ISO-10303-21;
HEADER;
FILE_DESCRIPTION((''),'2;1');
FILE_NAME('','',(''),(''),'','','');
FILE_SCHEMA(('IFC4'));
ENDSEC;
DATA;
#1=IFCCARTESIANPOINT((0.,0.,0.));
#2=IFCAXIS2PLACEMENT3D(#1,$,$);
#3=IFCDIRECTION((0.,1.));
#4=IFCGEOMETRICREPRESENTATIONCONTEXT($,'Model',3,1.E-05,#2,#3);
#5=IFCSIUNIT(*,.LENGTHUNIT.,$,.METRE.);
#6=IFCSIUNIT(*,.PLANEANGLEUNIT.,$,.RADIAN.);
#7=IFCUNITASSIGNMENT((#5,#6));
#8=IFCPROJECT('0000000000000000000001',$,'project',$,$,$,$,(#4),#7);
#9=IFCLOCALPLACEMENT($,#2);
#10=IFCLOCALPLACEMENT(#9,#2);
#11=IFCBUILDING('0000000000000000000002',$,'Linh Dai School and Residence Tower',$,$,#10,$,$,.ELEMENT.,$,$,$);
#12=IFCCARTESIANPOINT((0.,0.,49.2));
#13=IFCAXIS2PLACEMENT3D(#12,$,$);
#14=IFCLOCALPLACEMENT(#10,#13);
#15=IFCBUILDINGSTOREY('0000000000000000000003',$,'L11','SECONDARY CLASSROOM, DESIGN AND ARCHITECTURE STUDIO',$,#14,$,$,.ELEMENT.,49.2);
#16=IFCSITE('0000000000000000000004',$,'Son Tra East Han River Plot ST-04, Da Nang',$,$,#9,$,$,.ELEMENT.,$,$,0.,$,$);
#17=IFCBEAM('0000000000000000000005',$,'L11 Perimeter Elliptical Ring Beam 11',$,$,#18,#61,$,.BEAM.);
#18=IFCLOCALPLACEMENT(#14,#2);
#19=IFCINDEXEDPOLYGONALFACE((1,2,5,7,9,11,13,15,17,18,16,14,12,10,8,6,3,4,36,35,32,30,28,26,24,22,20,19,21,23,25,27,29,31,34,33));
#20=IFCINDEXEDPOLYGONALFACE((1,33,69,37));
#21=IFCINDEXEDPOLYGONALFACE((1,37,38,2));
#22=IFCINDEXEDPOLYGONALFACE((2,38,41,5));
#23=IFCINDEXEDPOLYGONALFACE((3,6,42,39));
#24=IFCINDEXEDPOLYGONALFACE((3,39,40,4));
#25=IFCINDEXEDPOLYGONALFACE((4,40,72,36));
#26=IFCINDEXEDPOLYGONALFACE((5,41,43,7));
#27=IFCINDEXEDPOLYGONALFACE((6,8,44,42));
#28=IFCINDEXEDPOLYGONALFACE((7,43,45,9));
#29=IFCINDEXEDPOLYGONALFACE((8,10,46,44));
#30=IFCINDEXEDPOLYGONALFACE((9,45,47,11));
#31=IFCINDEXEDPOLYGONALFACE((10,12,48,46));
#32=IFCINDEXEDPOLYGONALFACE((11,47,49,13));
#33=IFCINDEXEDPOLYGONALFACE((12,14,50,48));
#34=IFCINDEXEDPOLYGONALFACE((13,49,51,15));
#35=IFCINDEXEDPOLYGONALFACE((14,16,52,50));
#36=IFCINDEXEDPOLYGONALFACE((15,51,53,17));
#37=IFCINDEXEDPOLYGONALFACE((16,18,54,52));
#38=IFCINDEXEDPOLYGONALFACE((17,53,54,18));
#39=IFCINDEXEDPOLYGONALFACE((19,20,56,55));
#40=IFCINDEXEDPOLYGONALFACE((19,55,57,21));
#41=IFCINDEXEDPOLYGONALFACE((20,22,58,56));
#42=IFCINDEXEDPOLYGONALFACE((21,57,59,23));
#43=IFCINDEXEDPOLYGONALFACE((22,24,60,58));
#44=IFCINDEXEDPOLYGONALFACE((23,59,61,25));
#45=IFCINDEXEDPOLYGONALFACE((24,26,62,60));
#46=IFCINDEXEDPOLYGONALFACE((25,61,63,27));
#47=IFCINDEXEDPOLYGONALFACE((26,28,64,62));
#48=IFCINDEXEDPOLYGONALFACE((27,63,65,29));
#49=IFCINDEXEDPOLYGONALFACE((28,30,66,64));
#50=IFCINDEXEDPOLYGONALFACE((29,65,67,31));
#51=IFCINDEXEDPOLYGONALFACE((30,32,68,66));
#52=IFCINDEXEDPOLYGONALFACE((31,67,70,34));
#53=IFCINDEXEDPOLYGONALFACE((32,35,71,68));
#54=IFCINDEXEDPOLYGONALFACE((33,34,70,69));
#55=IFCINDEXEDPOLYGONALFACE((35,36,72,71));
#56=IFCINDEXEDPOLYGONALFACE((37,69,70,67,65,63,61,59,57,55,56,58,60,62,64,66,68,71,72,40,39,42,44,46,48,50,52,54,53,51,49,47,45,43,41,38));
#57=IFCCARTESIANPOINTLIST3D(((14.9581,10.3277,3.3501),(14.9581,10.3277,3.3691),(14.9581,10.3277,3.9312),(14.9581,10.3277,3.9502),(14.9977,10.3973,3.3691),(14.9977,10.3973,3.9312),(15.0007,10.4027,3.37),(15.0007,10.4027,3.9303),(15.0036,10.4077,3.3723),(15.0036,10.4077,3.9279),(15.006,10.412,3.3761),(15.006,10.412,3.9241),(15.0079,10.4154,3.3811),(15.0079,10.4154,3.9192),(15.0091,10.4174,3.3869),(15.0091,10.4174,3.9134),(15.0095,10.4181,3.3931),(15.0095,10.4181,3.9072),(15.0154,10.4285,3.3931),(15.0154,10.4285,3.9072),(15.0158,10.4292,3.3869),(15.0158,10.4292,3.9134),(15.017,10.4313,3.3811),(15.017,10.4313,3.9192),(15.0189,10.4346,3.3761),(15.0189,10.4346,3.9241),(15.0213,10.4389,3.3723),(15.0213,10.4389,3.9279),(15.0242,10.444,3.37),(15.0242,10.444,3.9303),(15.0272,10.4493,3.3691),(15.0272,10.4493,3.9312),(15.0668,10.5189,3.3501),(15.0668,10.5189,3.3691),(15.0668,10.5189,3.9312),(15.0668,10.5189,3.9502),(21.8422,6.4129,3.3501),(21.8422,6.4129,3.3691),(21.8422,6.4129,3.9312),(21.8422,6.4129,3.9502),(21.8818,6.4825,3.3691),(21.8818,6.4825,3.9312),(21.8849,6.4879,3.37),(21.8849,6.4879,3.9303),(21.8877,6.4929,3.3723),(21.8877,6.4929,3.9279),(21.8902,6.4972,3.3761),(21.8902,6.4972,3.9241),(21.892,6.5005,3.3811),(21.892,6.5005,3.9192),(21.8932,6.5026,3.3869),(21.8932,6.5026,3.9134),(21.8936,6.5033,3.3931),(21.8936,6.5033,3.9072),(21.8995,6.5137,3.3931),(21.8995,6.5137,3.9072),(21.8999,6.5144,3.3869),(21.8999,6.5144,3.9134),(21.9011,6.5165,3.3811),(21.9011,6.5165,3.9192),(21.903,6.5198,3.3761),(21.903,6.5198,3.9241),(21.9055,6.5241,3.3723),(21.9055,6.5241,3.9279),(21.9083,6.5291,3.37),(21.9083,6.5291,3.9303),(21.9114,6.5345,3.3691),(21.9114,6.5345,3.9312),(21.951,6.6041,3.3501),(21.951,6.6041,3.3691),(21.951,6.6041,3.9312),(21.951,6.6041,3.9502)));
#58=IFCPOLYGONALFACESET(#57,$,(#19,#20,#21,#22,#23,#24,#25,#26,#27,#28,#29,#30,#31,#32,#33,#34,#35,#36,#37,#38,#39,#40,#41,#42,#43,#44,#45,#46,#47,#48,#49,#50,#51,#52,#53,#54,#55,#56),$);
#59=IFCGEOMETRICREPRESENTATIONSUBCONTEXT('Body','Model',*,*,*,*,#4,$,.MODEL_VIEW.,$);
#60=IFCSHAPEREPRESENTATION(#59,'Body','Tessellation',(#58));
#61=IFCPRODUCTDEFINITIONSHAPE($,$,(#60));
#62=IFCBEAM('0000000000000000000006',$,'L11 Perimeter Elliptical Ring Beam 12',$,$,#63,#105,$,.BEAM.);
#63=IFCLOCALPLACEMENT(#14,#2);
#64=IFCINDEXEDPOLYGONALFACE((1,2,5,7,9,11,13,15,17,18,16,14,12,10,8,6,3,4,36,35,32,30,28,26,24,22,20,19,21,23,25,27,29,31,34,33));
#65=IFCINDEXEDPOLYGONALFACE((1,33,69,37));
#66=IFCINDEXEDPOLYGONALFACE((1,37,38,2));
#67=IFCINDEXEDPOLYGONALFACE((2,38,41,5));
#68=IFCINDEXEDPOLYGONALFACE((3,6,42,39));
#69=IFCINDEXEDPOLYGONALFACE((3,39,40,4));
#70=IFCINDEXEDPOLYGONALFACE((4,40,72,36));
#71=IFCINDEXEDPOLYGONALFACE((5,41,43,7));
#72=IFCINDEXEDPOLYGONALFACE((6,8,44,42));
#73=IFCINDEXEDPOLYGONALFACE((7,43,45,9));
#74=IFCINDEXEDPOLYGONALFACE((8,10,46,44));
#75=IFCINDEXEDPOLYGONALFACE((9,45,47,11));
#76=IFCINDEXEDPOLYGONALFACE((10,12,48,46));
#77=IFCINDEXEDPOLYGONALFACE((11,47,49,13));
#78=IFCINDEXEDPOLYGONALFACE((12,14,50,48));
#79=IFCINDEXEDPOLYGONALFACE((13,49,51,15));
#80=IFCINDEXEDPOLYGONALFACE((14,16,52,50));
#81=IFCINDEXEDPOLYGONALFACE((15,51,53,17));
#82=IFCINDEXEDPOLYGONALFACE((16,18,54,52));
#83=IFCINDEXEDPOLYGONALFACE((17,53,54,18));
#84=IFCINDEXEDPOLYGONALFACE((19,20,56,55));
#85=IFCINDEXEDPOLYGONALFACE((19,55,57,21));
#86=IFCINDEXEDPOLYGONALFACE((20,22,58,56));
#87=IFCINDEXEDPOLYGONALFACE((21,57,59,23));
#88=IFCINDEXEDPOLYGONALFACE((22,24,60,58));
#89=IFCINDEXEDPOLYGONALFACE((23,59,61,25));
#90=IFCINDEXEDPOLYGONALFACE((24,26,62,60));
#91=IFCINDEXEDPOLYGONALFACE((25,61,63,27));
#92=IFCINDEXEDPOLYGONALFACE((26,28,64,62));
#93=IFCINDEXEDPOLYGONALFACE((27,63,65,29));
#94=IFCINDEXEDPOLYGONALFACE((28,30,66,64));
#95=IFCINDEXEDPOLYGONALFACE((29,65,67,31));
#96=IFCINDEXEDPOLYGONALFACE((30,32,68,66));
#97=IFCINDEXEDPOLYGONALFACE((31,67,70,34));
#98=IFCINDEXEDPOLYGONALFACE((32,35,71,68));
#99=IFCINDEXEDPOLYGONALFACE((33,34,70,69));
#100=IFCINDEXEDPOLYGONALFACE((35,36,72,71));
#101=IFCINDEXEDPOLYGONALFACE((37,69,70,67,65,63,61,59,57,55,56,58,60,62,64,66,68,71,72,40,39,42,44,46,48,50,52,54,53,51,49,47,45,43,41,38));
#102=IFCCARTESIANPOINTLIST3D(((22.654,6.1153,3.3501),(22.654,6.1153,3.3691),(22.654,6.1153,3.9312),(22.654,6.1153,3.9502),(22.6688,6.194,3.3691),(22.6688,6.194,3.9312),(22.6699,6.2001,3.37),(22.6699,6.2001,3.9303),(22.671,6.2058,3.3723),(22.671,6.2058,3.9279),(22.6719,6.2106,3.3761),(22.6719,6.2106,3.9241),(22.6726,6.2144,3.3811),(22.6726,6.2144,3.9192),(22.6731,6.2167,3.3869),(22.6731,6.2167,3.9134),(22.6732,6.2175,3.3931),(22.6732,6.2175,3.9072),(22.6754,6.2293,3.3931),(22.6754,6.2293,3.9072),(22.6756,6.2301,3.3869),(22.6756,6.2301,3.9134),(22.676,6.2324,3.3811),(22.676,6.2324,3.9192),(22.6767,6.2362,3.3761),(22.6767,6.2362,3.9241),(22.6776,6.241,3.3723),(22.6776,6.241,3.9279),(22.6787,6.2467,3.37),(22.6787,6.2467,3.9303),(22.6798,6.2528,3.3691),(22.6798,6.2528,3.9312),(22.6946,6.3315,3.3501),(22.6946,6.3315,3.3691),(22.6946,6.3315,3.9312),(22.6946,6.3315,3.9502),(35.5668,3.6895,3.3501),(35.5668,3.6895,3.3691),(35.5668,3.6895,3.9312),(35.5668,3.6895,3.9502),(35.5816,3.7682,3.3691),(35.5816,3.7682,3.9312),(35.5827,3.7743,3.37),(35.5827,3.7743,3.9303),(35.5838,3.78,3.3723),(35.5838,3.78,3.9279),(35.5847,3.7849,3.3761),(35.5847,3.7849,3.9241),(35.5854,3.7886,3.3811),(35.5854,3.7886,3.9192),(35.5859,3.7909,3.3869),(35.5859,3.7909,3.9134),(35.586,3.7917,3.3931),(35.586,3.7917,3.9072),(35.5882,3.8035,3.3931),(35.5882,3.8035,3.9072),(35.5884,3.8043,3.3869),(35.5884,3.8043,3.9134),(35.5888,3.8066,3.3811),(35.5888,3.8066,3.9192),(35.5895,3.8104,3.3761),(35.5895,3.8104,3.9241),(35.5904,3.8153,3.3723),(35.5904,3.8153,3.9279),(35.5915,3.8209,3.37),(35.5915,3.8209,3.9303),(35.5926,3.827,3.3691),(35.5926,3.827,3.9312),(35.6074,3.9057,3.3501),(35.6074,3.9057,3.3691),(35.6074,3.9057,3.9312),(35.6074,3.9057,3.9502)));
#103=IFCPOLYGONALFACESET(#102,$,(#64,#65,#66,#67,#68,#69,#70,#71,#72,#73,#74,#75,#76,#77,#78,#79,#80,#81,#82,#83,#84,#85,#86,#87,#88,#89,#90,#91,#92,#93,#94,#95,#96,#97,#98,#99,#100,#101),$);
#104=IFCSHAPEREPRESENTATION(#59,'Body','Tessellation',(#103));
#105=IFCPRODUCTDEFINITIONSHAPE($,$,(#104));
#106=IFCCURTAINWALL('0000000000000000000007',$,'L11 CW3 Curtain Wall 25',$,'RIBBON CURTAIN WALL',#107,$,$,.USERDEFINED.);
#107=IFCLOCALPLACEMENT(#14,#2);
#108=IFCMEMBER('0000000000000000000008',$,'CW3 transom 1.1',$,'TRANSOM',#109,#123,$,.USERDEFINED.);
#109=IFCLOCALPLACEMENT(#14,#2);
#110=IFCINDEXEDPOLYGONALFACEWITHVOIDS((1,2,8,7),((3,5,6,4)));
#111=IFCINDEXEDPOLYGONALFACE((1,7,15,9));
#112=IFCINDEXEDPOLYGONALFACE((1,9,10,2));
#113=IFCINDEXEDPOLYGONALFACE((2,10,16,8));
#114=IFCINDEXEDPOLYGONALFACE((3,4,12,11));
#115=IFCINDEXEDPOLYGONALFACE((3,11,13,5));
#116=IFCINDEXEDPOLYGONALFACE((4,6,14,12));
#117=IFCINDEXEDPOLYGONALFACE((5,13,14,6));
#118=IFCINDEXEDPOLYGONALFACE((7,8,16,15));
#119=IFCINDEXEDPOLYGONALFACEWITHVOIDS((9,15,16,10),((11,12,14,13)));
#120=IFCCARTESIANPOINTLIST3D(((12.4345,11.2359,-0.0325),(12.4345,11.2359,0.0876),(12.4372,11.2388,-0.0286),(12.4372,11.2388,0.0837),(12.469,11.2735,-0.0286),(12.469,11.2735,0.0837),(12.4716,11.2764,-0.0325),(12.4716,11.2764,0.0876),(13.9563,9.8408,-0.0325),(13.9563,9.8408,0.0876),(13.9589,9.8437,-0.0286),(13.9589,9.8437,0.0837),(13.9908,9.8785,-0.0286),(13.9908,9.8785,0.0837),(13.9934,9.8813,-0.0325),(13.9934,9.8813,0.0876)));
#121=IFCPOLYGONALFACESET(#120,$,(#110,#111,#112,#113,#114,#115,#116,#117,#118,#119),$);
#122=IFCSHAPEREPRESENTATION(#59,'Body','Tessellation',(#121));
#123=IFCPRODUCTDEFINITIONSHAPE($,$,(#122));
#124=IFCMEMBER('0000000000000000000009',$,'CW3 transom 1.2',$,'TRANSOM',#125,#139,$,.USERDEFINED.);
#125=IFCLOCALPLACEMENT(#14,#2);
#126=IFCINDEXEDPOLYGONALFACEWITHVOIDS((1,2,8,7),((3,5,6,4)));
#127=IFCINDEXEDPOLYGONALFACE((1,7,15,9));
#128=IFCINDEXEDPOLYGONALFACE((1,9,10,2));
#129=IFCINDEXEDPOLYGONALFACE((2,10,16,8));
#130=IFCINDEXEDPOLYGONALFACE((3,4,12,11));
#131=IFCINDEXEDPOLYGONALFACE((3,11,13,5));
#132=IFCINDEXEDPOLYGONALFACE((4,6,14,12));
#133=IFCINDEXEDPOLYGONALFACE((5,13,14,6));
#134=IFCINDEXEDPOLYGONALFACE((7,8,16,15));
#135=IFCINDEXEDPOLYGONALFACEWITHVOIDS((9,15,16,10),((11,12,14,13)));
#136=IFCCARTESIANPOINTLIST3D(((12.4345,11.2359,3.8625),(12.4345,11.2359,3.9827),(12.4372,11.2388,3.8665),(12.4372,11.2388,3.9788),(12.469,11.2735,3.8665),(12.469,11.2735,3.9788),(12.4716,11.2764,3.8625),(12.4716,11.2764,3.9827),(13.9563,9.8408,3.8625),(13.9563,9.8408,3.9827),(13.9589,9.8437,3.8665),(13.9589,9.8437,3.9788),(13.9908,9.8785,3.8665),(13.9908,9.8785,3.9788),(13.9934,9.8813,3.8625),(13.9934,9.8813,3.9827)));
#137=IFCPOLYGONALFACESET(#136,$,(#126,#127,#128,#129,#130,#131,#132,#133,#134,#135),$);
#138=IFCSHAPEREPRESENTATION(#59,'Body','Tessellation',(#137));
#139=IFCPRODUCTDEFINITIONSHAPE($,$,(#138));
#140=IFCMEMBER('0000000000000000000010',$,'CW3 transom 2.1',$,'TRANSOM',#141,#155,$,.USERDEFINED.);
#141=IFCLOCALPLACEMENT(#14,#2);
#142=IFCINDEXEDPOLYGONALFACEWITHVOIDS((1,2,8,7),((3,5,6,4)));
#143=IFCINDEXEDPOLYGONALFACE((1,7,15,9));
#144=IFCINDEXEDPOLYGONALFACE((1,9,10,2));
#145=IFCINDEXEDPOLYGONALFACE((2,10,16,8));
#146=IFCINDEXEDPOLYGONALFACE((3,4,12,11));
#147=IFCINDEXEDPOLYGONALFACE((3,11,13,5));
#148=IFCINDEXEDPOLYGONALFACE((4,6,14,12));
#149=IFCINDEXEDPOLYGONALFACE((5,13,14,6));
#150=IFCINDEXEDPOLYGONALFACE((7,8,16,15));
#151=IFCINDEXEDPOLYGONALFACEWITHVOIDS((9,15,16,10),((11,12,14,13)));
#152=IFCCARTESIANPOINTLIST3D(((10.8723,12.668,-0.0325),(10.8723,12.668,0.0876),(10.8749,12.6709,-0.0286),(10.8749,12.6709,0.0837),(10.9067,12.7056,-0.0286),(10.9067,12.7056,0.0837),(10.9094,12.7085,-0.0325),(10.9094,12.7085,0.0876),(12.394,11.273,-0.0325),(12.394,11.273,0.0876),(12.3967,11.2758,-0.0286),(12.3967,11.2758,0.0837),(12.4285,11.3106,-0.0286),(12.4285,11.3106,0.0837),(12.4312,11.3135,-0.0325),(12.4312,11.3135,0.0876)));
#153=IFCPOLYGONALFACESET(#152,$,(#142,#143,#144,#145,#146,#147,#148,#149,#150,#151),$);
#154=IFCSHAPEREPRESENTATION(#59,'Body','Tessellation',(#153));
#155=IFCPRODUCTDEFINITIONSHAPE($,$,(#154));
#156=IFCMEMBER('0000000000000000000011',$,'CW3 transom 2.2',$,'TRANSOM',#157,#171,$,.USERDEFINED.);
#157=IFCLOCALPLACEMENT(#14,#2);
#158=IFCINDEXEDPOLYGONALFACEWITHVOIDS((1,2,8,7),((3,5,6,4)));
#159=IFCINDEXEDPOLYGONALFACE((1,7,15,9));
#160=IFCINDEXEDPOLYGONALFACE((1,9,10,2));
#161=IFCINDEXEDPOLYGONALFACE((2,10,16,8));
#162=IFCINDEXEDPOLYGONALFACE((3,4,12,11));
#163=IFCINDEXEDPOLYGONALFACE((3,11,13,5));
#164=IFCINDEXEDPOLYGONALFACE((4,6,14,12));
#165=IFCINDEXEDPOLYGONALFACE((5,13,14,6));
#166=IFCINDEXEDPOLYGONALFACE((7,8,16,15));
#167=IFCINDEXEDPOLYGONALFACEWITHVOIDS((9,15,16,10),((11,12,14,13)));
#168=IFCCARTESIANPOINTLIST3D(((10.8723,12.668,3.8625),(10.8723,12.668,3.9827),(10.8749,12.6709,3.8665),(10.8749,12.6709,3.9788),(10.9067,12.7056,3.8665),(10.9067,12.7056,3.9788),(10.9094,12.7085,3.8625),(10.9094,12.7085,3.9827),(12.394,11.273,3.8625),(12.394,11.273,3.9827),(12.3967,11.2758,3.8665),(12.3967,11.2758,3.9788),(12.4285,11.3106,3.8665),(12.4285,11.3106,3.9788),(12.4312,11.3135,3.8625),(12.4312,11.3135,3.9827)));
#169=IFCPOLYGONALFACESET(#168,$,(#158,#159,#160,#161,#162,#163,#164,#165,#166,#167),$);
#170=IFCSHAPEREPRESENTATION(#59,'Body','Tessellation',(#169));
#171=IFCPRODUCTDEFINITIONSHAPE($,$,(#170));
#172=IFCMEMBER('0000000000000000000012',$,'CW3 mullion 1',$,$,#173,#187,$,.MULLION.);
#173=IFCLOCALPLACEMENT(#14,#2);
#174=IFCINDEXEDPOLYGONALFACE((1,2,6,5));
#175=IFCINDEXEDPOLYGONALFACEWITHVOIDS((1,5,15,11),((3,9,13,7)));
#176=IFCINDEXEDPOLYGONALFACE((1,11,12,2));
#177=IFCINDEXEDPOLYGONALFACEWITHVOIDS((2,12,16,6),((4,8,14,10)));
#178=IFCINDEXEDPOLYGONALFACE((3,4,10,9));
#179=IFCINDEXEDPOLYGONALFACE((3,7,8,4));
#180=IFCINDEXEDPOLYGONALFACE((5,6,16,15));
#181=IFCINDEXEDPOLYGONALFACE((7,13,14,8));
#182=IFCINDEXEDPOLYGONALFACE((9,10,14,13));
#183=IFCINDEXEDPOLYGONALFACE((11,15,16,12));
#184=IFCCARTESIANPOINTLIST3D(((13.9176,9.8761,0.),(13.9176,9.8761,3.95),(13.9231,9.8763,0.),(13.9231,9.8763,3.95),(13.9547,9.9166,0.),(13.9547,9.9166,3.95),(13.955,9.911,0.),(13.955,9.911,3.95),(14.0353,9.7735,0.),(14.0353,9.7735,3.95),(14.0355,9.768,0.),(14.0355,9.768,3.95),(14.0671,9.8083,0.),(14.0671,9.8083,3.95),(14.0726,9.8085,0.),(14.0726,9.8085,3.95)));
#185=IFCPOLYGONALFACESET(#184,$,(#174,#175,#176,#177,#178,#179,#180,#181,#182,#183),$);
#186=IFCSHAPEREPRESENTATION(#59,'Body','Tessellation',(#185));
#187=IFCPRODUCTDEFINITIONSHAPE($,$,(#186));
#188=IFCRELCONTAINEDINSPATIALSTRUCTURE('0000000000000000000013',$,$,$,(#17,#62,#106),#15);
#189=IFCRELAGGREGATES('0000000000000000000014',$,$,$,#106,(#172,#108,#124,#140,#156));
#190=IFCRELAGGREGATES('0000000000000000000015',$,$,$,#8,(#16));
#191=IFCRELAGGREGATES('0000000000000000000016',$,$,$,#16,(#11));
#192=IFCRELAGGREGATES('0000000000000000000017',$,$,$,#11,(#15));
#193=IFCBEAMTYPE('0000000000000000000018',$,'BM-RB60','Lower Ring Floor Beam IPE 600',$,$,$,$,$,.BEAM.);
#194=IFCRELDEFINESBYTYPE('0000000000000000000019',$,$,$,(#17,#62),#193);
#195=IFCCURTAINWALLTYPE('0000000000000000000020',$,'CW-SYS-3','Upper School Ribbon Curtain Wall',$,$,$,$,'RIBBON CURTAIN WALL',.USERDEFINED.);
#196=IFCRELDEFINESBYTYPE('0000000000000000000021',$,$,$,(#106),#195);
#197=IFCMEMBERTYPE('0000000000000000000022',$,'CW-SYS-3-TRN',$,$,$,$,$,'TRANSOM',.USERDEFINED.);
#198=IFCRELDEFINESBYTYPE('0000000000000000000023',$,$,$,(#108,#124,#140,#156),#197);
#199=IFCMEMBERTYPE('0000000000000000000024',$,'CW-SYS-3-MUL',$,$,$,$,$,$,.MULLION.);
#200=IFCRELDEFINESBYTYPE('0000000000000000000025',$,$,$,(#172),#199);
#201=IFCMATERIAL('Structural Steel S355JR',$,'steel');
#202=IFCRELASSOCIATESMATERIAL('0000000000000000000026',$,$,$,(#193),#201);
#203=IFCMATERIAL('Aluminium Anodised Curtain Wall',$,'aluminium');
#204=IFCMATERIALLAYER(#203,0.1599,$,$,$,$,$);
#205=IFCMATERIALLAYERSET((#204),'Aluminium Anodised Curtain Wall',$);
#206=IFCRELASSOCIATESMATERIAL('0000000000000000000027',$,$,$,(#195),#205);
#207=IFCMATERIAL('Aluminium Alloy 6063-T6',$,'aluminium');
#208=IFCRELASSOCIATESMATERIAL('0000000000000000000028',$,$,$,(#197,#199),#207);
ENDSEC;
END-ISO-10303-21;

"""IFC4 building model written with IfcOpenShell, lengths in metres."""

from ifc_helpers import new_model, si_unit, direction, frame, origin, origin_2d, place, context, subcontext, project, spatial, hollow_rectangle, i_section, extrude, source, transform, mapped, material, layer, layer_set, material_profile, profile_set, type_object, element, aggregate, save


model = new_model("IFC4")

# Units and contexts
model_context = context("Model", 3, precision=1e-05, world=origin(), true_north=direction((0.0, 1.0)))
body_context = subcontext(model_context, "Body", "Model", "MODEL_VIEW")
ifc_project = project(units=[si_unit("LENGTHUNIT", "METRE"), si_unit("PLANEANGLEUNIT", "RADIAN")], contexts=[model_context])

# Site, building, storey
site_placement = place(None, origin())
site = spatial("IfcSite", under=ifc_project, at=site_placement, Name="Son Tra East Han River Plot ST-04, Da Nang", CompositionType="ELEMENT", RefElevation=0.0)
building_placement = place(site_placement, origin())
building = spatial("IfcBuilding", under=site, at=building_placement, Name="Linh Dai School and Residence Tower", CompositionType="ELEMENT")
storey_placement = place(building_placement, frame((0.0, 0.0, 49.2)))
storey = spatial("IfcBuildingStorey", under=building, at=storey_placement, Name="L11", Description="SECONDARY CLASSROOM, DESIGN AND ARCHITECTURE STUDIO", CompositionType="ELEMENT", Elevation=49.2)

# Shared definitions
ifc_material_1 = material(Name="Structural Steel S355JR", Category="steel")

# Beams
ifc_material_profile_1 = material_profile(ifc_material_1, i_section(OverallWidth=0.22, OverallDepth=0.6001, WebThickness=0.012, FlangeThickness=0.019, FilletRadius=0.0239, at=origin_2d()), Name="IPE 600")
ifc_profile_set_1 = profile_set([ifc_material_profile_1], Name="Structural Steel S355JR")
beam_type = type_object("IfcBeamType", Name="BM-RB60", Description="Lower Ring Floor Beam IPE 600", PredefinedType="BEAM", material=ifc_profile_set_1)
beam_1_placement = place(storey_placement, frame((15.0125, 10.4233, 3.6501), z_axis=(0.869271, -0.494335, 0.0), x_axis=(0.494335, 0.869271, 0.0)))
element("IfcBeam", 1, at=beam_1_placement, inside=storey, type_object=beam_type, Name="L11 Perimeter Elliptical Ring Beam 11", PredefinedType="BEAM", context=body_context, shape_type="SweptSolid", body=[
    extrude(i_section(OverallWidth=0.22, OverallDepth=0.6001, WebThickness=0.012, FlangeThickness=0.019, FilletRadius=0.0239, at=origin_2d()), origin(), (0.0, 0.0, 1.0), 7.9194),
])
beam_2_placement = place(storey_placement, frame((22.6743, 6.2234, 3.6501), z_axis=(0.982808, -0.184628, 0.0), x_axis=(0.184628, 0.982808, 0.0)))
element("IfcBeam", 2, at=beam_2_placement, inside=storey, type_object=beam_type, Name="L11 Perimeter Elliptical Ring Beam 12", PredefinedType="BEAM", context=body_context, shape_type="SweptSolid", body=[
    extrude(i_section(OverallWidth=0.22, OverallDepth=0.6001, WebThickness=0.012, FlangeThickness=0.019, FilletRadius=0.0239, at=origin_2d()), origin(), (0.0, 0.0, 1.0), 13.1387),
])

# Curtain wall, members
ifc_material_2 = material(Name="Aluminium Anodised Curtain Wall", Category="aluminium")
ifc_layer_1 = layer(ifc_material_2, 0.1599)
ifc_layer_set_1 = layer_set([ifc_layer_1], Name="Aluminium Anodised Curtain Wall")
curtain_wall_type = type_object("IfcCurtainWallType", Name="CW-SYS-3", Description="Upper School Ribbon Curtain Wall", ElementType="RIBBON CURTAIN WALL", PredefinedType="USERDEFINED", material=ifc_layer_set_1)
curtain_wall_placement = place(storey_placement, origin())
curtain_wall = element("IfcCurtainWall", 3, at=curtain_wall_placement, inside=storey, type_object=curtain_wall_type, Name="L11 CW3 Curtain Wall 25", ObjectType="RIBBON CURTAIN WALL", PredefinedType="USERDEFINED")
ifc_material_3 = material(Name="Aluminium Alloy 6063-T6", Category="aluminium")
ifc_material_profile_2 = material_profile(ifc_material_3, hollow_rectangle(XDim=0.0549, YDim=0.1201, WallThickness=0.0039, at=origin_2d()), Name="RHS 120x55x4")
ifc_profile_set_2 = profile_set([ifc_material_profile_2], Name="Aluminium Alloy 6063-T6")
member_type_1 = type_object("IfcMemberType", Name="CW-SYS-3-TRN", ElementType="TRANSOM", PredefinedType="USERDEFINED", material=ifc_profile_set_2)
shared_shape_1 = source(origin(), body_context, "Body", "SweptSolid", [
    extrude(hollow_rectangle(XDim=0.0549, YDim=0.1201, WallThickness=0.0039, at=origin_2d()), origin(), (0.0, 0.0, 1.0), 2.0645),
])
member_1_placement = place(storey_placement, frame((13.9749, 9.8611, 0.0276), z_axis=(-0.73713, 0.675751, 0.0), x_axis=(-0.675751, -0.73713, 0.0)))
member_1 = element("IfcMember", 4, at=member_1_placement, type_object=member_type_1, Name="CW3 transom 1.1", ObjectType="TRANSOM", PredefinedType="USERDEFINED", context=body_context, shape_type="MappedRepresentation", body=[
    mapped(shared_shape_1, transform((0.0, 0.0, 0.0), x_axis=(1.0, 0.0, 0.0), y_axis=(0.0, 1.0, 0.0), z_axis=(0.0, 0.0, 1.0), scale=1.0)),
])
member_2_placement = place(storey_placement, frame((13.9749, 9.8611, 3.9226), z_axis=(-0.73713, 0.675751, 0.0), x_axis=(-0.675751, -0.73713, 0.0)))
member_2 = element("IfcMember", 5, at=member_2_placement, type_object=member_type_1, Name="CW3 transom 1.2", ObjectType="TRANSOM", PredefinedType="USERDEFINED", context=body_context, shape_type="MappedRepresentation", body=[
    mapped(shared_shape_1, transform((0.0, 0.0, 0.0), x_axis=(1.0, 0.0, 0.0), y_axis=(0.0, 1.0, 0.0), z_axis=(0.0, 0.0, 1.0), scale=1.0)),
])
member_3_placement = place(storey_placement, frame((12.4126, 11.2932, 0.0276), z_axis=(-0.73713, 0.675751, 0.0), x_axis=(-0.675751, -0.73713, 0.0)))
member_3 = element("IfcMember", 6, at=member_3_placement, type_object=member_type_1, Name="CW3 transom 2.1", ObjectType="TRANSOM", PredefinedType="USERDEFINED", context=body_context, shape_type="MappedRepresentation", body=[
    mapped(shared_shape_1, transform((0.0, 0.0, 0.0), x_axis=(1.0, 0.0, 0.0), y_axis=(0.0, 1.0, 0.0), z_axis=(0.0, 0.0, 1.0), scale=1.0)),
])
member_4_placement = place(storey_placement, frame((12.4126, 11.2932, 3.9226), z_axis=(-0.73713, 0.675751, 0.0), x_axis=(-0.675751, -0.73713, 0.0)))
member_4 = element("IfcMember", 7, at=member_4_placement, type_object=member_type_1, Name="CW3 transom 2.2", ObjectType="TRANSOM", PredefinedType="USERDEFINED", context=body_context, shape_type="MappedRepresentation", body=[
    mapped(shared_shape_1, transform((0.0, 0.0, 0.0), x_axis=(1.0, 0.0, 0.0), y_axis=(0.0, 1.0, 0.0), z_axis=(0.0, 0.0, 1.0), scale=1.0)),
])
ifc_material_profile_3 = material_profile(ifc_material_3, hollow_rectangle(XDim=0.0549, YDim=0.1599, WallThickness=0.0039, at=origin_2d()), Name="RHS 160x55x4")
ifc_profile_set_3 = profile_set([ifc_material_profile_3], Name="Aluminium Alloy 6063-T6")
member_type_2 = type_object("IfcMemberType", Name="CW-SYS-3-MUL", PredefinedType="MULLION", material=ifc_profile_set_3)
shared_shape_2 = source(origin(), body_context, "Body", "SweptSolid", [
    extrude(hollow_rectangle(XDim=0.0549, YDim=0.1599, WallThickness=0.0039, at=origin_2d()), origin(), (0.0, 0.0, 1.0), 3.95),
])
member_5_placement = place(storey_placement, frame((13.9951, 9.8423, 0.0), z_axis=(0.0, 0.0, 1.0), x_axis=(-0.675769, -0.737113, 0.0)))
member_5 = element("IfcMember", 8, at=member_5_placement, type_object=member_type_2, Name="CW3 mullion 1", PredefinedType="MULLION", context=body_context, shape_type="MappedRepresentation", body=[
    mapped(shared_shape_2, transform((0.0, 0.0, 0.0), x_axis=(1.0, 0.0, 0.0), y_axis=(0.0, 1.0, 0.0), z_axis=(0.0, 0.0, 1.0), scale=1.0)),
])

aggregate(curtain_wall, [member_5, member_1, member_2, member_3, member_4])

save(model, "model.ifc")
